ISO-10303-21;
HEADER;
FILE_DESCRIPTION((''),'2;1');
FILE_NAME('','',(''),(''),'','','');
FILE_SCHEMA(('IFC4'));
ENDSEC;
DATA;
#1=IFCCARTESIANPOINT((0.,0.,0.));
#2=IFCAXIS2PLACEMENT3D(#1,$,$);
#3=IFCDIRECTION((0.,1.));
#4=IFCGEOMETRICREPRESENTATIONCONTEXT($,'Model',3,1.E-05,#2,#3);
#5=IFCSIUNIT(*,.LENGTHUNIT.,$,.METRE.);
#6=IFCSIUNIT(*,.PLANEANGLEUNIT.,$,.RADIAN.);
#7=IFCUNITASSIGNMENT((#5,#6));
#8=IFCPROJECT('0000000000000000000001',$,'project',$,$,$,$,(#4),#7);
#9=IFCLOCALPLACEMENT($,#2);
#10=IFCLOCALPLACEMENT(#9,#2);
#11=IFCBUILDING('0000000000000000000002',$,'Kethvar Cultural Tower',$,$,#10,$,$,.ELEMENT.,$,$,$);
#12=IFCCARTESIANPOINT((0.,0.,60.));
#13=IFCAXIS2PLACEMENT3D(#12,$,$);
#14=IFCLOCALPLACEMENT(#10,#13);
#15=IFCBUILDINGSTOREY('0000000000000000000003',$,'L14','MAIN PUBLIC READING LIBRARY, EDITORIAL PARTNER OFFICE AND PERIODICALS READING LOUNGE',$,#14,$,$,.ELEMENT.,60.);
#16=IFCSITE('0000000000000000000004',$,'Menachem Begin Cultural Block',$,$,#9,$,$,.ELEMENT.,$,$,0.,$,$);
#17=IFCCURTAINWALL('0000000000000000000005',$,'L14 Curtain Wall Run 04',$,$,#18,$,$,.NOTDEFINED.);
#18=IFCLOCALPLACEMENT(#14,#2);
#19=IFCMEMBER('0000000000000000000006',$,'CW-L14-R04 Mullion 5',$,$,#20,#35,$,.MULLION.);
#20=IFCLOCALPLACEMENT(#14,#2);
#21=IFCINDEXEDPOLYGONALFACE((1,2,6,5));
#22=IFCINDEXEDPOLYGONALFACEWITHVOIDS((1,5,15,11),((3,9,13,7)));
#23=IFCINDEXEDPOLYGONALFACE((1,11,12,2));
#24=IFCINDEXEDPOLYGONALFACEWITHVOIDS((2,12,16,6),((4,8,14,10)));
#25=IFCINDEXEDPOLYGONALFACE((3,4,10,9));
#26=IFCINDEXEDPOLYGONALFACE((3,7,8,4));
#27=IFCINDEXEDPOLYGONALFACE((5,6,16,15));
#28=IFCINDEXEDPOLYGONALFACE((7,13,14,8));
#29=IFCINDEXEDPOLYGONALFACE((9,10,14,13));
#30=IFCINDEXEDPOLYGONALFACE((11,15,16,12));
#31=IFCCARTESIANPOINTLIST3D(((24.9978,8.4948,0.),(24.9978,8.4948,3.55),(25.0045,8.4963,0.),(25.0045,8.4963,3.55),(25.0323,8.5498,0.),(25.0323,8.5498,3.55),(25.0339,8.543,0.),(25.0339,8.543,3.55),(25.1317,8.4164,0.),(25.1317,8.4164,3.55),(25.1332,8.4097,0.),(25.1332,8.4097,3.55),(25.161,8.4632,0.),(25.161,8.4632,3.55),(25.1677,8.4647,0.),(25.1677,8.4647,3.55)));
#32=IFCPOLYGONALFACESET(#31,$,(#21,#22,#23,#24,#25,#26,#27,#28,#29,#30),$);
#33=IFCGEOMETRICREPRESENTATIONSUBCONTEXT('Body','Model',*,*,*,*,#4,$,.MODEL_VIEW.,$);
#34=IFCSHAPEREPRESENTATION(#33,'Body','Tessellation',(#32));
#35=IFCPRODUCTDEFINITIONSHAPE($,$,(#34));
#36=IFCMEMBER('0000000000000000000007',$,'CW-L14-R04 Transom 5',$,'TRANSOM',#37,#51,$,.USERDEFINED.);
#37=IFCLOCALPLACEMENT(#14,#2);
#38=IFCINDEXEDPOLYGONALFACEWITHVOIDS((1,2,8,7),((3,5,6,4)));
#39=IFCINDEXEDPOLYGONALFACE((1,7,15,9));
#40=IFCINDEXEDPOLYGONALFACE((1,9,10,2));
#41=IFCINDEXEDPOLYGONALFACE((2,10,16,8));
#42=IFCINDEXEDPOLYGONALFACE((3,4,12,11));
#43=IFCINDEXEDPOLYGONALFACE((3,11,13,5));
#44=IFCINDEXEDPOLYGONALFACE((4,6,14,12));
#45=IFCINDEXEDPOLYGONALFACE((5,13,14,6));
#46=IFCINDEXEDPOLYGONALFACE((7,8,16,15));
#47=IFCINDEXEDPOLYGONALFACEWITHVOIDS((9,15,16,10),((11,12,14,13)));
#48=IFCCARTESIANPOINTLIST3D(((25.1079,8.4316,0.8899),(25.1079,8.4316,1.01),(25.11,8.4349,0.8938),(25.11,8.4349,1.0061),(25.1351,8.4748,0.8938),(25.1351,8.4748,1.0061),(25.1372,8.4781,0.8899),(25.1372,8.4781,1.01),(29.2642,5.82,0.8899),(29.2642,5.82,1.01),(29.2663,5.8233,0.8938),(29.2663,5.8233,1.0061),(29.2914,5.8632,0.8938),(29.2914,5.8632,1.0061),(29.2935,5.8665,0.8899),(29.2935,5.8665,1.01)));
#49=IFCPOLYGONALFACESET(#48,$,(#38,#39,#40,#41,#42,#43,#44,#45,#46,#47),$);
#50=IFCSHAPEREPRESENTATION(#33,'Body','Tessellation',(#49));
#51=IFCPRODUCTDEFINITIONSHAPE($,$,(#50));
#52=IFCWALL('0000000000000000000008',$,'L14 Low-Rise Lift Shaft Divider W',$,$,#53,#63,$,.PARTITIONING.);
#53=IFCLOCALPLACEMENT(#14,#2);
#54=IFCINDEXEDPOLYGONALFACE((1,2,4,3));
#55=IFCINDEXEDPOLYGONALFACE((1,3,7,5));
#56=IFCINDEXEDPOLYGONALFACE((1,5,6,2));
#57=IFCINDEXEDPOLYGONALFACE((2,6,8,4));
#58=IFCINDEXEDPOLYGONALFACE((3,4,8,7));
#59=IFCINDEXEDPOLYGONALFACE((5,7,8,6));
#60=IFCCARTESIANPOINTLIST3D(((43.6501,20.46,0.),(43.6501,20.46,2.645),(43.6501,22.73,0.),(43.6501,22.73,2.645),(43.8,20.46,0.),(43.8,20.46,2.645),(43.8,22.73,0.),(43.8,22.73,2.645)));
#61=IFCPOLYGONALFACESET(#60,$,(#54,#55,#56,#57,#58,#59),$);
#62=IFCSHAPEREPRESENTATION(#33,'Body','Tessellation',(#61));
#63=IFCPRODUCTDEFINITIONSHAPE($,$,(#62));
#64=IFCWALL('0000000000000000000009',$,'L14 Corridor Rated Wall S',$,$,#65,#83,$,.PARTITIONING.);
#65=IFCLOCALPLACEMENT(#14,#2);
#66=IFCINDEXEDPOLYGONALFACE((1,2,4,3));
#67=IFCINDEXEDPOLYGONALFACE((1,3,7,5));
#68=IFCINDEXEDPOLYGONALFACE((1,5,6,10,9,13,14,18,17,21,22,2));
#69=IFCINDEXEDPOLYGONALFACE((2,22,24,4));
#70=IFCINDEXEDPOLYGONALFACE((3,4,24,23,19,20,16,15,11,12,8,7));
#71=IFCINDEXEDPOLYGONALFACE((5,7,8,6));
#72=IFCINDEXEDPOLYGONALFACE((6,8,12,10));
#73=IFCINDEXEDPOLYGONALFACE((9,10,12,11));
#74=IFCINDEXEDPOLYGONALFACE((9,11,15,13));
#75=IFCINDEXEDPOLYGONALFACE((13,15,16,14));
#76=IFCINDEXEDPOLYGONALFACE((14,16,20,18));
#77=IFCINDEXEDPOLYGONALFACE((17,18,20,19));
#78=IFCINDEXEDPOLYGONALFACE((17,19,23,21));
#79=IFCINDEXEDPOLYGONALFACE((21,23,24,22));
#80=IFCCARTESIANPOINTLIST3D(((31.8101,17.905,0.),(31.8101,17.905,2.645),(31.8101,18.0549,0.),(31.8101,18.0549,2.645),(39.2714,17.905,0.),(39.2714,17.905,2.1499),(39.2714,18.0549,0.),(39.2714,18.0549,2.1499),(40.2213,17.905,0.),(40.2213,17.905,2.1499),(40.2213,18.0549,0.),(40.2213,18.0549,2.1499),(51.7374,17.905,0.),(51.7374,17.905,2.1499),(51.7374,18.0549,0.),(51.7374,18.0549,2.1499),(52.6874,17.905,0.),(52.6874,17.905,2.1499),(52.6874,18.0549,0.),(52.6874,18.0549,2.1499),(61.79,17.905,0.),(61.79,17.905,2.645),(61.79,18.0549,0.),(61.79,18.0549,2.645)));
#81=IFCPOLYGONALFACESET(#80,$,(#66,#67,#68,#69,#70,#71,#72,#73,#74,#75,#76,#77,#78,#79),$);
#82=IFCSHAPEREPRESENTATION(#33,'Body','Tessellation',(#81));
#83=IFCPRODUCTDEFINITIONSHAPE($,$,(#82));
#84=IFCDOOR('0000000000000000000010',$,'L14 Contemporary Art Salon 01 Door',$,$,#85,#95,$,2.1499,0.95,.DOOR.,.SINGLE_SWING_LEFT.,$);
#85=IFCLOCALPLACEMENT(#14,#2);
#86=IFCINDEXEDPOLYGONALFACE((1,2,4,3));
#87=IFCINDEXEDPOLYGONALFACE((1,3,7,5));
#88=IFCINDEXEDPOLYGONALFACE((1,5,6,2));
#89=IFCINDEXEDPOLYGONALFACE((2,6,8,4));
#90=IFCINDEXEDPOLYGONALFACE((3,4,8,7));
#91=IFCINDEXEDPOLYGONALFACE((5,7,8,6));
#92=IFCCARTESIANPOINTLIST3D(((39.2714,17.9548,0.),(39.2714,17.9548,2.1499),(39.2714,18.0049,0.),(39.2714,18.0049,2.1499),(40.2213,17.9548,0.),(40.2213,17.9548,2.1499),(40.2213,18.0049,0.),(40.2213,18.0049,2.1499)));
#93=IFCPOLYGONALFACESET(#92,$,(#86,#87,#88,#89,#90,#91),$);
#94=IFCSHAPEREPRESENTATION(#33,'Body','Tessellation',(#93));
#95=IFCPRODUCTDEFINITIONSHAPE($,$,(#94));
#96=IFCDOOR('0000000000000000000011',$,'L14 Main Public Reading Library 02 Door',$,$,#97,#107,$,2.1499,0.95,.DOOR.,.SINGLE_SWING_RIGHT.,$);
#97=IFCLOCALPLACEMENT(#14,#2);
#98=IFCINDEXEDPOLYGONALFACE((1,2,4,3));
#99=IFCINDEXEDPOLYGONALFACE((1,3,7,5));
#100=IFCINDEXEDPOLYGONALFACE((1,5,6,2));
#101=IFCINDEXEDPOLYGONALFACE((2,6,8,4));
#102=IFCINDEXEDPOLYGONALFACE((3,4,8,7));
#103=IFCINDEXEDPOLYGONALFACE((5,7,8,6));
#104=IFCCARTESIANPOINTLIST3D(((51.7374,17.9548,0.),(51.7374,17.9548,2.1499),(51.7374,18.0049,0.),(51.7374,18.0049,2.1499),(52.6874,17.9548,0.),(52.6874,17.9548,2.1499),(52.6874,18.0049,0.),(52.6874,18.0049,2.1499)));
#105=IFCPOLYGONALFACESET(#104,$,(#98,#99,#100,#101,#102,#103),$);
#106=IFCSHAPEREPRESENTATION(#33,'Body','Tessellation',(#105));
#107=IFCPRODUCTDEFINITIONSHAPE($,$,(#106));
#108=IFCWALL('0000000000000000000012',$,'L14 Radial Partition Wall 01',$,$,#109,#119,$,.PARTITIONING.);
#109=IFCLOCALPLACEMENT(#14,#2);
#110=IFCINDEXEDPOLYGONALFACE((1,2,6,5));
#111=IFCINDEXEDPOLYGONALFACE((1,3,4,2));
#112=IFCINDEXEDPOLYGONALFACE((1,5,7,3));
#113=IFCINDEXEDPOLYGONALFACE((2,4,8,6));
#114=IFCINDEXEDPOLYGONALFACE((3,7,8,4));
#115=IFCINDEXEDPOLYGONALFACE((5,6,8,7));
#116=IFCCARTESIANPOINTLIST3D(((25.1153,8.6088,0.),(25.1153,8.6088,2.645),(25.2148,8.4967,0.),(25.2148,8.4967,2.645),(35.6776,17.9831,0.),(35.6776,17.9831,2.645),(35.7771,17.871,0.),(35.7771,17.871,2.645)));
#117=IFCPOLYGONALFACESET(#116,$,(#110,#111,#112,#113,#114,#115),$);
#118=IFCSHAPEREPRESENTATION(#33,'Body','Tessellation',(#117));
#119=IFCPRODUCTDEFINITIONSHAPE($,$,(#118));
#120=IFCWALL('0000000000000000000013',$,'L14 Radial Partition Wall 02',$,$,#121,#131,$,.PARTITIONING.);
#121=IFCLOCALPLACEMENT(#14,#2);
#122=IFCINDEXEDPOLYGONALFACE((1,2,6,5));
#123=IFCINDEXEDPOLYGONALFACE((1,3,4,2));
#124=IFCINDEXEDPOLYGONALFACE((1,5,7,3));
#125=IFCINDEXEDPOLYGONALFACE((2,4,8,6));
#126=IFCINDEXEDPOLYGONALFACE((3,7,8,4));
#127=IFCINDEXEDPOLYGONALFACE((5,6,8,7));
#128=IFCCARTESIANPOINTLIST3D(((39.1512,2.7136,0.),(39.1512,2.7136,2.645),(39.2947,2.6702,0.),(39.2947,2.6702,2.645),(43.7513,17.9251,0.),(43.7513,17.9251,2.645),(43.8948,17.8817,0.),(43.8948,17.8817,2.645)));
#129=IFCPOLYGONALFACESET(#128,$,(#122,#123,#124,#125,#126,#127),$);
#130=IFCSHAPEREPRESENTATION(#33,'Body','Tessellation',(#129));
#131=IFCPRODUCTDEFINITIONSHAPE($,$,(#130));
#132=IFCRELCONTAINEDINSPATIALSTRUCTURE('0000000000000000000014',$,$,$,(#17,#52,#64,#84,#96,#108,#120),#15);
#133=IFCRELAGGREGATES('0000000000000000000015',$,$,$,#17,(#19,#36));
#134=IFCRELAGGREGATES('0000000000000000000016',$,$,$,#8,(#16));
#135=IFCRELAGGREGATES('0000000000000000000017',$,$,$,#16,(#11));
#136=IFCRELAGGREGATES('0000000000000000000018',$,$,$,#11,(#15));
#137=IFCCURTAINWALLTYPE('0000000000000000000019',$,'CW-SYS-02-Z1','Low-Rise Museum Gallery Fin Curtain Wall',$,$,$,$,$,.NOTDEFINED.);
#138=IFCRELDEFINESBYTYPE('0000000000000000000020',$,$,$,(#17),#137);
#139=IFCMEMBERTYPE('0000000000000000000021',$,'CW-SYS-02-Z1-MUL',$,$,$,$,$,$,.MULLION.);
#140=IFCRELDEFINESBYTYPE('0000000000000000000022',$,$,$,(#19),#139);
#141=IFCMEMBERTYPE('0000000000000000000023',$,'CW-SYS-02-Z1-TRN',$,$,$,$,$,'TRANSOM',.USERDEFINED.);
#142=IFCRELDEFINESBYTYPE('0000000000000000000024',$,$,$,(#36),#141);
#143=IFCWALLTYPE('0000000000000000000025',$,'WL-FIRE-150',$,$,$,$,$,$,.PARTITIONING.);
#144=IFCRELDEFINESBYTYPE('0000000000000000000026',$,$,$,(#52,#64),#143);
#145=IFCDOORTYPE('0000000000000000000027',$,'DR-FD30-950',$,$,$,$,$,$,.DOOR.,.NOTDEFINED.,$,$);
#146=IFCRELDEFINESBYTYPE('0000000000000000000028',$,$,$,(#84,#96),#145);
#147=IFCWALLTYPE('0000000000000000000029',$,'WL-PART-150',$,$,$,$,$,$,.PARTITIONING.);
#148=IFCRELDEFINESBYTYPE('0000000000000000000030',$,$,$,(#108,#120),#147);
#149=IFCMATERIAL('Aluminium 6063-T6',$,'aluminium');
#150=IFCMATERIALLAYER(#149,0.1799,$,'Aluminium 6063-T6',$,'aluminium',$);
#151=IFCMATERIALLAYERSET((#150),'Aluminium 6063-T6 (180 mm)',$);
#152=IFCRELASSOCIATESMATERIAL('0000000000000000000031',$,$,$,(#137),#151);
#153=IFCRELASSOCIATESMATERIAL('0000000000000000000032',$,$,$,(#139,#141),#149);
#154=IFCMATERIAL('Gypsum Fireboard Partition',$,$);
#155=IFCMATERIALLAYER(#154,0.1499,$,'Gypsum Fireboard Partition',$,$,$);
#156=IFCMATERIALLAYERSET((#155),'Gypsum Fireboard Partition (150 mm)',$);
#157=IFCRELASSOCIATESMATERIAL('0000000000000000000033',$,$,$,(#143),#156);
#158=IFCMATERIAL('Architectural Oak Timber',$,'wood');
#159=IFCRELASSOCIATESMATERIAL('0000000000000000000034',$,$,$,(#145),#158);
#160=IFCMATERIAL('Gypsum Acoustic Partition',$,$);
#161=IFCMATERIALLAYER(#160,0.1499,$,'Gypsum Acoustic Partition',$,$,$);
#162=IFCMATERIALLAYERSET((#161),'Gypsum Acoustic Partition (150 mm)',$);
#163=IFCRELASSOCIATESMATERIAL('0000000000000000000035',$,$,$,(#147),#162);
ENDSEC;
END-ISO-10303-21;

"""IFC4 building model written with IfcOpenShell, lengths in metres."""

from ifc_helpers import new_model, si_unit, direction, frame, frame_2d, origin, origin_2d, place, context, subcontext, project, spatial, rectangle, hollow_rectangle, extrude, source, transform, mapped, material, layer, layer_set, material_profile, profile_set, type_object, element, fill, aggregate, save


model = new_model("IFC4")

# Units and contexts
model_context = context("Model", 3, precision=1e-05, world=origin(), true_north=direction((0.0, 1.0)))
body_context = subcontext(model_context, "Body", "Model", "MODEL_VIEW")
ifc_project = project(units=[si_unit("LENGTHUNIT", "METRE"), si_unit("PLANEANGLEUNIT", "RADIAN")], contexts=[model_context])

# Site, building, storey
site_placement = place(None, origin())
site = spatial("IfcSite", under=ifc_project, at=site_placement, Name="Menachem Begin Cultural Block", CompositionType="ELEMENT", RefElevation=0.0)
building_placement = place(site_placement, origin())
building = spatial("IfcBuilding", under=site, at=building_placement, Name="Kethvar Cultural Tower", CompositionType="ELEMENT")
storey_placement = place(building_placement, frame((0.0, 0.0, 60.0)))
storey = spatial("IfcBuildingStorey", under=building, at=storey_placement, Name="L14", Description="MAIN PUBLIC READING LIBRARY, EDITORIAL PARTNER OFFICE AND PERIODICALS READING LOUNGE", CompositionType="ELEMENT", Elevation=60.0)

# Curtain wall, members
ifc_material_1 = material(Name="Aluminium 6063-T6", Category="aluminium")
ifc_layer_1 = layer(ifc_material_1, 0.1799, Name="Aluminium 6063-T6", Category="aluminium")
ifc_layer_set_1 = layer_set([ifc_layer_1], Name="Aluminium 6063-T6 (180 mm)")
curtain_wall_type = type_object("IfcCurtainWallType", Name="CW-SYS-02-Z1", Description="Low-Rise Museum Gallery Fin Curtain Wall", PredefinedType="NOTDEFINED", material=ifc_layer_set_1)
curtain_wall_placement = place(storey_placement, origin())
curtain_wall = element("IfcCurtainWall", 1, at=curtain_wall_placement, inside=storey, type_object=curtain_wall_type, Name="L14 Curtain Wall Run 04", PredefinedType="NOTDEFINED")
ifc_material_profile_1 = material_profile(ifc_material_1, hollow_rectangle(XDim=0.0649, YDim=0.1599, WallThickness=0.0049, at=origin_2d()), Name="Aluminium 6063-T6 — RHS160x65x5")
ifc_profile_set_1 = profile_set([ifc_material_profile_1], Name="Aluminium 6063-T6 — RHS160x65x5")
member_type_1 = type_object("IfcMemberType", Name="CW-SYS-02-Z1-MUL", PredefinedType="MULLION", material=ifc_profile_set_1)
shared_shape_1 = source(origin(), body_context, "Body", "SweptSolid", [
    extrude(hollow_rectangle(XDim=0.0649, YDim=0.1599, WallThickness=0.0049, at=origin_2d()), origin(), (0.0, 0.0, 1.0), 3.55),
])
member_1_placement = place(storey_placement, frame((25.0828, 8.4797, 0.0), z_axis=(0.0, 0.0, 1.0), x_axis=(0.532049, 0.846714, 0.0)))
member_1 = element("IfcMember", 2, at=member_1_placement, type_object=member_type_1, Name="CW-L14-R04 Mullion 5", PredefinedType="MULLION", context=body_context, shape_type="MappedRepresentation", body=[
    mapped(shared_shape_1, transform((0.0, 0.0, 0.0), scale=1.0)),
])
ifc_material_profile_2 = material_profile(ifc_material_1, hollow_rectangle(XDim=0.0549, YDim=0.1201, WallThickness=0.0039, at=origin_2d()), Name="Aluminium 6063-T6 — RHS120x55x4")
ifc_profile_set_2 = profile_set([ifc_material_profile_2], Name="Aluminium 6063-T6 — RHS120x55x4")
member_type_2 = type_object("IfcMemberType", Name="CW-SYS-02-Z1-TRN", ElementType="TRANSOM", PredefinedType="USERDEFINED", material=ifc_profile_set_2)
shared_shape_2 = source(origin(), body_context, "Body", "SweptSolid", [
    extrude(hollow_rectangle(XDim=0.0549, YDim=0.1201, WallThickness=0.0039, at=origin_2d()), origin(), (0.0, 0.0, 1.0), 4.9087),
])
member_2_placement = place(storey_placement, frame((25.1226, 8.4548, 0.95), z_axis=(0.846722, -0.532036, 0.0), x_axis=(0.532036, 0.846722, 0.0)))
member_2 = element("IfcMember", 3, at=member_2_placement, type_object=member_type_2, Name="CW-L14-R04 Transom 5", ObjectType="TRANSOM", PredefinedType="USERDEFINED", context=body_context, shape_type="MappedRepresentation", body=[
    mapped(shared_shape_2, transform((0.0, 0.0, 0.0), scale=1.0)),
])
aggregate(curtain_wall, [member_1, member_2])

# Wall
ifc_material_2 = material(Name="Gypsum Fireboard Partition")
ifc_layer_2 = layer(ifc_material_2, 0.1499, Name="Gypsum Fireboard Partition")
ifc_layer_set_2 = layer_set([ifc_layer_2], Name="Gypsum Fireboard Partition (150 mm)")
wall_type_1 = type_object("IfcWallType", Name="WL-FIRE-150", PredefinedType="PARTITIONING", material=ifc_layer_set_2)
wall_1_placement = place(storey_placement, frame((43.7251, 20.46, 0.0), z_axis=(0.0, 0.0, 1.0), x_axis=(0.0, 1.0, 0.0)))
element("IfcWall", 4, at=wall_1_placement, inside=storey, type_object=wall_type_1, Name="L14 Low-Rise Lift Shaft Divider W", PredefinedType="PARTITIONING", context=body_context, shape_type="SweptSolid", body=[
    extrude(rectangle(XDim=2.27, YDim=0.1499, at=frame_2d((1.135, 0.0))), origin(), (0.0, 0.0, 1.0), 2.645),
])

# Wall, openings, doors
wall_2_placement = place(storey_placement, frame((31.8101, 17.98, 0.0), z_axis=(0.0, 0.0, 1.0), x_axis=(1.0, 0.0, 0.0)))
wall_2 = element("IfcWall", 5, at=wall_2_placement, inside=storey, type_object=wall_type_1, Name="L14 Corridor Rated Wall S", PredefinedType="PARTITIONING", context=body_context, shape_type="SweptSolid", body=[
    extrude(rectangle(XDim=29.98, YDim=0.1499, at=frame_2d((14.99, 0.0))), origin(), (0.0, 0.0, 1.0), 2.645),
])
opening_1_placement = place(wall_2_placement, frame((7.4612, 0.0, 0.0)))
opening_1 = element("IfcOpeningElement", 6, at=opening_1_placement, cuts=wall_2, PredefinedType="OPENING", context=body_context, shape_type="SweptSolid", body=[
    extrude(rectangle(XDim=0.95, YDim=2.1499, at=frame_2d((0.4751, 1.075))), frame((0.0, 0.085, 0.0), z_axis=(0.0, -1.0, 0.0), x_axis=(1.0, 0.0, 0.0)), (0.0, 0.0, 1.0), 0.1699),
])
opening_2_placement = place(wall_2_placement, frame((19.9272, 0.0, 0.0)))
opening_2 = element("IfcOpeningElement", 7, at=opening_2_placement, cuts=wall_2, PredefinedType="OPENING", context=body_context, shape_type="SweptSolid", body=[
    extrude(rectangle(XDim=0.95, YDim=2.1499, at=frame_2d((0.4751, 1.075))), frame((0.0, 0.085, 0.0), z_axis=(0.0, -1.0, 0.0), x_axis=(1.0, 0.0, 0.0)), (0.0, 0.0, 1.0), 0.1699),
])
ifc_material_3 = material(Name="Architectural Oak Timber", Category="wood")
door_type_1 = type_object("IfcDoorType", Name="DR-FD30-950", OperationType="NOTDEFINED", PredefinedType="DOOR", material=ifc_material_3)
shared_shape_3 = source(origin(), body_context, "Body", "SweptSolid", [
    extrude(rectangle(XDim=0.95, YDim=2.1499, at=frame_2d((0.4751, 1.075))), frame((0.0, 0.0249, 0.0), z_axis=(0.0, -1.0, 0.0), x_axis=(1.0, 0.0, 0.0)), (0.0, 0.0, 1.0), 0.05),
])
door_1_placement = place(opening_1_placement, origin())
door_1 = element("IfcDoor", 8, at=door_1_placement, inside=storey, type_object=door_type_1, Name="L14 Contemporary Art Salon 01 Door", OperationType="SINGLE_SWING_LEFT", OverallHeight=2.1499, OverallWidth=0.95, PredefinedType="DOOR", context=body_context, shape_type="MappedRepresentation", body=[
    mapped(shared_shape_3, transform((0.0, 0.0, 0.0), scale=1.0)),
])
fill(opening_1, door_1)
door_2_placement = place(opening_2_placement, origin())
door_2 = element("IfcDoor", 9, at=door_2_placement, inside=storey, type_object=door_type_1, Name="L14 Main Public Reading Library 02 Door", OperationType="SINGLE_SWING_RIGHT", OverallHeight=2.1499, OverallWidth=0.95, PredefinedType="DOOR", context=body_context, shape_type="MappedRepresentation", body=[
    mapped(shared_shape_3, transform((0.0, 0.0, 0.0), scale=1.0)),
])
fill(opening_2, door_2)

# Walls
ifc_material_4 = material(Name="Gypsum Acoustic Partition")
ifc_layer_3 = layer(ifc_material_4, 0.1499, Name="Gypsum Acoustic Partition")
ifc_layer_set_3 = layer_set([ifc_layer_3], Name="Gypsum Acoustic Partition (150 mm)")
wall_type_2 = type_object("IfcWallType", Name="WL-PART-150", PredefinedType="PARTITIONING", material=ifc_layer_set_3)
wall_3_placement = place(storey_placement, frame((35.7273, 17.927, 0.0), z_axis=(0.0, 0.0, 1.0), x_axis=(-0.747916, -0.663794, 0.0)))
element("IfcWall", 10, at=wall_3_placement, inside=storey, type_object=wall_type_2, Name="L14 Radial Partition Wall 01", PredefinedType="PARTITIONING", context=body_context, shape_type="SweptSolid", body=[
    extrude(rectangle(XDim=14.1223, YDim=0.1499, at=frame_2d((7.061, 0.0))), origin(), (0.0, 0.0, 1.0), 2.645),
])
wall_4_placement = place(storey_placement, frame((43.823, 17.9033, 0.0), z_axis=(0.0, 0.0, 1.0), x_axis=(-0.289464, -0.957189, 0.0)))
element("IfcWall", 11, at=wall_4_placement, inside=storey, type_object=wall_type_2, Name="L14 Radial Partition Wall 02", PredefinedType="PARTITIONING", context=body_context, shape_type="SweptSolid", body=[
    extrude(rectangle(XDim=15.8918, YDim=0.1499, at=frame_2d((7.9458, 0.0))), origin(), (0.0, 0.0, 1.0), 2.645),
])

save(model, "model.ifc")
